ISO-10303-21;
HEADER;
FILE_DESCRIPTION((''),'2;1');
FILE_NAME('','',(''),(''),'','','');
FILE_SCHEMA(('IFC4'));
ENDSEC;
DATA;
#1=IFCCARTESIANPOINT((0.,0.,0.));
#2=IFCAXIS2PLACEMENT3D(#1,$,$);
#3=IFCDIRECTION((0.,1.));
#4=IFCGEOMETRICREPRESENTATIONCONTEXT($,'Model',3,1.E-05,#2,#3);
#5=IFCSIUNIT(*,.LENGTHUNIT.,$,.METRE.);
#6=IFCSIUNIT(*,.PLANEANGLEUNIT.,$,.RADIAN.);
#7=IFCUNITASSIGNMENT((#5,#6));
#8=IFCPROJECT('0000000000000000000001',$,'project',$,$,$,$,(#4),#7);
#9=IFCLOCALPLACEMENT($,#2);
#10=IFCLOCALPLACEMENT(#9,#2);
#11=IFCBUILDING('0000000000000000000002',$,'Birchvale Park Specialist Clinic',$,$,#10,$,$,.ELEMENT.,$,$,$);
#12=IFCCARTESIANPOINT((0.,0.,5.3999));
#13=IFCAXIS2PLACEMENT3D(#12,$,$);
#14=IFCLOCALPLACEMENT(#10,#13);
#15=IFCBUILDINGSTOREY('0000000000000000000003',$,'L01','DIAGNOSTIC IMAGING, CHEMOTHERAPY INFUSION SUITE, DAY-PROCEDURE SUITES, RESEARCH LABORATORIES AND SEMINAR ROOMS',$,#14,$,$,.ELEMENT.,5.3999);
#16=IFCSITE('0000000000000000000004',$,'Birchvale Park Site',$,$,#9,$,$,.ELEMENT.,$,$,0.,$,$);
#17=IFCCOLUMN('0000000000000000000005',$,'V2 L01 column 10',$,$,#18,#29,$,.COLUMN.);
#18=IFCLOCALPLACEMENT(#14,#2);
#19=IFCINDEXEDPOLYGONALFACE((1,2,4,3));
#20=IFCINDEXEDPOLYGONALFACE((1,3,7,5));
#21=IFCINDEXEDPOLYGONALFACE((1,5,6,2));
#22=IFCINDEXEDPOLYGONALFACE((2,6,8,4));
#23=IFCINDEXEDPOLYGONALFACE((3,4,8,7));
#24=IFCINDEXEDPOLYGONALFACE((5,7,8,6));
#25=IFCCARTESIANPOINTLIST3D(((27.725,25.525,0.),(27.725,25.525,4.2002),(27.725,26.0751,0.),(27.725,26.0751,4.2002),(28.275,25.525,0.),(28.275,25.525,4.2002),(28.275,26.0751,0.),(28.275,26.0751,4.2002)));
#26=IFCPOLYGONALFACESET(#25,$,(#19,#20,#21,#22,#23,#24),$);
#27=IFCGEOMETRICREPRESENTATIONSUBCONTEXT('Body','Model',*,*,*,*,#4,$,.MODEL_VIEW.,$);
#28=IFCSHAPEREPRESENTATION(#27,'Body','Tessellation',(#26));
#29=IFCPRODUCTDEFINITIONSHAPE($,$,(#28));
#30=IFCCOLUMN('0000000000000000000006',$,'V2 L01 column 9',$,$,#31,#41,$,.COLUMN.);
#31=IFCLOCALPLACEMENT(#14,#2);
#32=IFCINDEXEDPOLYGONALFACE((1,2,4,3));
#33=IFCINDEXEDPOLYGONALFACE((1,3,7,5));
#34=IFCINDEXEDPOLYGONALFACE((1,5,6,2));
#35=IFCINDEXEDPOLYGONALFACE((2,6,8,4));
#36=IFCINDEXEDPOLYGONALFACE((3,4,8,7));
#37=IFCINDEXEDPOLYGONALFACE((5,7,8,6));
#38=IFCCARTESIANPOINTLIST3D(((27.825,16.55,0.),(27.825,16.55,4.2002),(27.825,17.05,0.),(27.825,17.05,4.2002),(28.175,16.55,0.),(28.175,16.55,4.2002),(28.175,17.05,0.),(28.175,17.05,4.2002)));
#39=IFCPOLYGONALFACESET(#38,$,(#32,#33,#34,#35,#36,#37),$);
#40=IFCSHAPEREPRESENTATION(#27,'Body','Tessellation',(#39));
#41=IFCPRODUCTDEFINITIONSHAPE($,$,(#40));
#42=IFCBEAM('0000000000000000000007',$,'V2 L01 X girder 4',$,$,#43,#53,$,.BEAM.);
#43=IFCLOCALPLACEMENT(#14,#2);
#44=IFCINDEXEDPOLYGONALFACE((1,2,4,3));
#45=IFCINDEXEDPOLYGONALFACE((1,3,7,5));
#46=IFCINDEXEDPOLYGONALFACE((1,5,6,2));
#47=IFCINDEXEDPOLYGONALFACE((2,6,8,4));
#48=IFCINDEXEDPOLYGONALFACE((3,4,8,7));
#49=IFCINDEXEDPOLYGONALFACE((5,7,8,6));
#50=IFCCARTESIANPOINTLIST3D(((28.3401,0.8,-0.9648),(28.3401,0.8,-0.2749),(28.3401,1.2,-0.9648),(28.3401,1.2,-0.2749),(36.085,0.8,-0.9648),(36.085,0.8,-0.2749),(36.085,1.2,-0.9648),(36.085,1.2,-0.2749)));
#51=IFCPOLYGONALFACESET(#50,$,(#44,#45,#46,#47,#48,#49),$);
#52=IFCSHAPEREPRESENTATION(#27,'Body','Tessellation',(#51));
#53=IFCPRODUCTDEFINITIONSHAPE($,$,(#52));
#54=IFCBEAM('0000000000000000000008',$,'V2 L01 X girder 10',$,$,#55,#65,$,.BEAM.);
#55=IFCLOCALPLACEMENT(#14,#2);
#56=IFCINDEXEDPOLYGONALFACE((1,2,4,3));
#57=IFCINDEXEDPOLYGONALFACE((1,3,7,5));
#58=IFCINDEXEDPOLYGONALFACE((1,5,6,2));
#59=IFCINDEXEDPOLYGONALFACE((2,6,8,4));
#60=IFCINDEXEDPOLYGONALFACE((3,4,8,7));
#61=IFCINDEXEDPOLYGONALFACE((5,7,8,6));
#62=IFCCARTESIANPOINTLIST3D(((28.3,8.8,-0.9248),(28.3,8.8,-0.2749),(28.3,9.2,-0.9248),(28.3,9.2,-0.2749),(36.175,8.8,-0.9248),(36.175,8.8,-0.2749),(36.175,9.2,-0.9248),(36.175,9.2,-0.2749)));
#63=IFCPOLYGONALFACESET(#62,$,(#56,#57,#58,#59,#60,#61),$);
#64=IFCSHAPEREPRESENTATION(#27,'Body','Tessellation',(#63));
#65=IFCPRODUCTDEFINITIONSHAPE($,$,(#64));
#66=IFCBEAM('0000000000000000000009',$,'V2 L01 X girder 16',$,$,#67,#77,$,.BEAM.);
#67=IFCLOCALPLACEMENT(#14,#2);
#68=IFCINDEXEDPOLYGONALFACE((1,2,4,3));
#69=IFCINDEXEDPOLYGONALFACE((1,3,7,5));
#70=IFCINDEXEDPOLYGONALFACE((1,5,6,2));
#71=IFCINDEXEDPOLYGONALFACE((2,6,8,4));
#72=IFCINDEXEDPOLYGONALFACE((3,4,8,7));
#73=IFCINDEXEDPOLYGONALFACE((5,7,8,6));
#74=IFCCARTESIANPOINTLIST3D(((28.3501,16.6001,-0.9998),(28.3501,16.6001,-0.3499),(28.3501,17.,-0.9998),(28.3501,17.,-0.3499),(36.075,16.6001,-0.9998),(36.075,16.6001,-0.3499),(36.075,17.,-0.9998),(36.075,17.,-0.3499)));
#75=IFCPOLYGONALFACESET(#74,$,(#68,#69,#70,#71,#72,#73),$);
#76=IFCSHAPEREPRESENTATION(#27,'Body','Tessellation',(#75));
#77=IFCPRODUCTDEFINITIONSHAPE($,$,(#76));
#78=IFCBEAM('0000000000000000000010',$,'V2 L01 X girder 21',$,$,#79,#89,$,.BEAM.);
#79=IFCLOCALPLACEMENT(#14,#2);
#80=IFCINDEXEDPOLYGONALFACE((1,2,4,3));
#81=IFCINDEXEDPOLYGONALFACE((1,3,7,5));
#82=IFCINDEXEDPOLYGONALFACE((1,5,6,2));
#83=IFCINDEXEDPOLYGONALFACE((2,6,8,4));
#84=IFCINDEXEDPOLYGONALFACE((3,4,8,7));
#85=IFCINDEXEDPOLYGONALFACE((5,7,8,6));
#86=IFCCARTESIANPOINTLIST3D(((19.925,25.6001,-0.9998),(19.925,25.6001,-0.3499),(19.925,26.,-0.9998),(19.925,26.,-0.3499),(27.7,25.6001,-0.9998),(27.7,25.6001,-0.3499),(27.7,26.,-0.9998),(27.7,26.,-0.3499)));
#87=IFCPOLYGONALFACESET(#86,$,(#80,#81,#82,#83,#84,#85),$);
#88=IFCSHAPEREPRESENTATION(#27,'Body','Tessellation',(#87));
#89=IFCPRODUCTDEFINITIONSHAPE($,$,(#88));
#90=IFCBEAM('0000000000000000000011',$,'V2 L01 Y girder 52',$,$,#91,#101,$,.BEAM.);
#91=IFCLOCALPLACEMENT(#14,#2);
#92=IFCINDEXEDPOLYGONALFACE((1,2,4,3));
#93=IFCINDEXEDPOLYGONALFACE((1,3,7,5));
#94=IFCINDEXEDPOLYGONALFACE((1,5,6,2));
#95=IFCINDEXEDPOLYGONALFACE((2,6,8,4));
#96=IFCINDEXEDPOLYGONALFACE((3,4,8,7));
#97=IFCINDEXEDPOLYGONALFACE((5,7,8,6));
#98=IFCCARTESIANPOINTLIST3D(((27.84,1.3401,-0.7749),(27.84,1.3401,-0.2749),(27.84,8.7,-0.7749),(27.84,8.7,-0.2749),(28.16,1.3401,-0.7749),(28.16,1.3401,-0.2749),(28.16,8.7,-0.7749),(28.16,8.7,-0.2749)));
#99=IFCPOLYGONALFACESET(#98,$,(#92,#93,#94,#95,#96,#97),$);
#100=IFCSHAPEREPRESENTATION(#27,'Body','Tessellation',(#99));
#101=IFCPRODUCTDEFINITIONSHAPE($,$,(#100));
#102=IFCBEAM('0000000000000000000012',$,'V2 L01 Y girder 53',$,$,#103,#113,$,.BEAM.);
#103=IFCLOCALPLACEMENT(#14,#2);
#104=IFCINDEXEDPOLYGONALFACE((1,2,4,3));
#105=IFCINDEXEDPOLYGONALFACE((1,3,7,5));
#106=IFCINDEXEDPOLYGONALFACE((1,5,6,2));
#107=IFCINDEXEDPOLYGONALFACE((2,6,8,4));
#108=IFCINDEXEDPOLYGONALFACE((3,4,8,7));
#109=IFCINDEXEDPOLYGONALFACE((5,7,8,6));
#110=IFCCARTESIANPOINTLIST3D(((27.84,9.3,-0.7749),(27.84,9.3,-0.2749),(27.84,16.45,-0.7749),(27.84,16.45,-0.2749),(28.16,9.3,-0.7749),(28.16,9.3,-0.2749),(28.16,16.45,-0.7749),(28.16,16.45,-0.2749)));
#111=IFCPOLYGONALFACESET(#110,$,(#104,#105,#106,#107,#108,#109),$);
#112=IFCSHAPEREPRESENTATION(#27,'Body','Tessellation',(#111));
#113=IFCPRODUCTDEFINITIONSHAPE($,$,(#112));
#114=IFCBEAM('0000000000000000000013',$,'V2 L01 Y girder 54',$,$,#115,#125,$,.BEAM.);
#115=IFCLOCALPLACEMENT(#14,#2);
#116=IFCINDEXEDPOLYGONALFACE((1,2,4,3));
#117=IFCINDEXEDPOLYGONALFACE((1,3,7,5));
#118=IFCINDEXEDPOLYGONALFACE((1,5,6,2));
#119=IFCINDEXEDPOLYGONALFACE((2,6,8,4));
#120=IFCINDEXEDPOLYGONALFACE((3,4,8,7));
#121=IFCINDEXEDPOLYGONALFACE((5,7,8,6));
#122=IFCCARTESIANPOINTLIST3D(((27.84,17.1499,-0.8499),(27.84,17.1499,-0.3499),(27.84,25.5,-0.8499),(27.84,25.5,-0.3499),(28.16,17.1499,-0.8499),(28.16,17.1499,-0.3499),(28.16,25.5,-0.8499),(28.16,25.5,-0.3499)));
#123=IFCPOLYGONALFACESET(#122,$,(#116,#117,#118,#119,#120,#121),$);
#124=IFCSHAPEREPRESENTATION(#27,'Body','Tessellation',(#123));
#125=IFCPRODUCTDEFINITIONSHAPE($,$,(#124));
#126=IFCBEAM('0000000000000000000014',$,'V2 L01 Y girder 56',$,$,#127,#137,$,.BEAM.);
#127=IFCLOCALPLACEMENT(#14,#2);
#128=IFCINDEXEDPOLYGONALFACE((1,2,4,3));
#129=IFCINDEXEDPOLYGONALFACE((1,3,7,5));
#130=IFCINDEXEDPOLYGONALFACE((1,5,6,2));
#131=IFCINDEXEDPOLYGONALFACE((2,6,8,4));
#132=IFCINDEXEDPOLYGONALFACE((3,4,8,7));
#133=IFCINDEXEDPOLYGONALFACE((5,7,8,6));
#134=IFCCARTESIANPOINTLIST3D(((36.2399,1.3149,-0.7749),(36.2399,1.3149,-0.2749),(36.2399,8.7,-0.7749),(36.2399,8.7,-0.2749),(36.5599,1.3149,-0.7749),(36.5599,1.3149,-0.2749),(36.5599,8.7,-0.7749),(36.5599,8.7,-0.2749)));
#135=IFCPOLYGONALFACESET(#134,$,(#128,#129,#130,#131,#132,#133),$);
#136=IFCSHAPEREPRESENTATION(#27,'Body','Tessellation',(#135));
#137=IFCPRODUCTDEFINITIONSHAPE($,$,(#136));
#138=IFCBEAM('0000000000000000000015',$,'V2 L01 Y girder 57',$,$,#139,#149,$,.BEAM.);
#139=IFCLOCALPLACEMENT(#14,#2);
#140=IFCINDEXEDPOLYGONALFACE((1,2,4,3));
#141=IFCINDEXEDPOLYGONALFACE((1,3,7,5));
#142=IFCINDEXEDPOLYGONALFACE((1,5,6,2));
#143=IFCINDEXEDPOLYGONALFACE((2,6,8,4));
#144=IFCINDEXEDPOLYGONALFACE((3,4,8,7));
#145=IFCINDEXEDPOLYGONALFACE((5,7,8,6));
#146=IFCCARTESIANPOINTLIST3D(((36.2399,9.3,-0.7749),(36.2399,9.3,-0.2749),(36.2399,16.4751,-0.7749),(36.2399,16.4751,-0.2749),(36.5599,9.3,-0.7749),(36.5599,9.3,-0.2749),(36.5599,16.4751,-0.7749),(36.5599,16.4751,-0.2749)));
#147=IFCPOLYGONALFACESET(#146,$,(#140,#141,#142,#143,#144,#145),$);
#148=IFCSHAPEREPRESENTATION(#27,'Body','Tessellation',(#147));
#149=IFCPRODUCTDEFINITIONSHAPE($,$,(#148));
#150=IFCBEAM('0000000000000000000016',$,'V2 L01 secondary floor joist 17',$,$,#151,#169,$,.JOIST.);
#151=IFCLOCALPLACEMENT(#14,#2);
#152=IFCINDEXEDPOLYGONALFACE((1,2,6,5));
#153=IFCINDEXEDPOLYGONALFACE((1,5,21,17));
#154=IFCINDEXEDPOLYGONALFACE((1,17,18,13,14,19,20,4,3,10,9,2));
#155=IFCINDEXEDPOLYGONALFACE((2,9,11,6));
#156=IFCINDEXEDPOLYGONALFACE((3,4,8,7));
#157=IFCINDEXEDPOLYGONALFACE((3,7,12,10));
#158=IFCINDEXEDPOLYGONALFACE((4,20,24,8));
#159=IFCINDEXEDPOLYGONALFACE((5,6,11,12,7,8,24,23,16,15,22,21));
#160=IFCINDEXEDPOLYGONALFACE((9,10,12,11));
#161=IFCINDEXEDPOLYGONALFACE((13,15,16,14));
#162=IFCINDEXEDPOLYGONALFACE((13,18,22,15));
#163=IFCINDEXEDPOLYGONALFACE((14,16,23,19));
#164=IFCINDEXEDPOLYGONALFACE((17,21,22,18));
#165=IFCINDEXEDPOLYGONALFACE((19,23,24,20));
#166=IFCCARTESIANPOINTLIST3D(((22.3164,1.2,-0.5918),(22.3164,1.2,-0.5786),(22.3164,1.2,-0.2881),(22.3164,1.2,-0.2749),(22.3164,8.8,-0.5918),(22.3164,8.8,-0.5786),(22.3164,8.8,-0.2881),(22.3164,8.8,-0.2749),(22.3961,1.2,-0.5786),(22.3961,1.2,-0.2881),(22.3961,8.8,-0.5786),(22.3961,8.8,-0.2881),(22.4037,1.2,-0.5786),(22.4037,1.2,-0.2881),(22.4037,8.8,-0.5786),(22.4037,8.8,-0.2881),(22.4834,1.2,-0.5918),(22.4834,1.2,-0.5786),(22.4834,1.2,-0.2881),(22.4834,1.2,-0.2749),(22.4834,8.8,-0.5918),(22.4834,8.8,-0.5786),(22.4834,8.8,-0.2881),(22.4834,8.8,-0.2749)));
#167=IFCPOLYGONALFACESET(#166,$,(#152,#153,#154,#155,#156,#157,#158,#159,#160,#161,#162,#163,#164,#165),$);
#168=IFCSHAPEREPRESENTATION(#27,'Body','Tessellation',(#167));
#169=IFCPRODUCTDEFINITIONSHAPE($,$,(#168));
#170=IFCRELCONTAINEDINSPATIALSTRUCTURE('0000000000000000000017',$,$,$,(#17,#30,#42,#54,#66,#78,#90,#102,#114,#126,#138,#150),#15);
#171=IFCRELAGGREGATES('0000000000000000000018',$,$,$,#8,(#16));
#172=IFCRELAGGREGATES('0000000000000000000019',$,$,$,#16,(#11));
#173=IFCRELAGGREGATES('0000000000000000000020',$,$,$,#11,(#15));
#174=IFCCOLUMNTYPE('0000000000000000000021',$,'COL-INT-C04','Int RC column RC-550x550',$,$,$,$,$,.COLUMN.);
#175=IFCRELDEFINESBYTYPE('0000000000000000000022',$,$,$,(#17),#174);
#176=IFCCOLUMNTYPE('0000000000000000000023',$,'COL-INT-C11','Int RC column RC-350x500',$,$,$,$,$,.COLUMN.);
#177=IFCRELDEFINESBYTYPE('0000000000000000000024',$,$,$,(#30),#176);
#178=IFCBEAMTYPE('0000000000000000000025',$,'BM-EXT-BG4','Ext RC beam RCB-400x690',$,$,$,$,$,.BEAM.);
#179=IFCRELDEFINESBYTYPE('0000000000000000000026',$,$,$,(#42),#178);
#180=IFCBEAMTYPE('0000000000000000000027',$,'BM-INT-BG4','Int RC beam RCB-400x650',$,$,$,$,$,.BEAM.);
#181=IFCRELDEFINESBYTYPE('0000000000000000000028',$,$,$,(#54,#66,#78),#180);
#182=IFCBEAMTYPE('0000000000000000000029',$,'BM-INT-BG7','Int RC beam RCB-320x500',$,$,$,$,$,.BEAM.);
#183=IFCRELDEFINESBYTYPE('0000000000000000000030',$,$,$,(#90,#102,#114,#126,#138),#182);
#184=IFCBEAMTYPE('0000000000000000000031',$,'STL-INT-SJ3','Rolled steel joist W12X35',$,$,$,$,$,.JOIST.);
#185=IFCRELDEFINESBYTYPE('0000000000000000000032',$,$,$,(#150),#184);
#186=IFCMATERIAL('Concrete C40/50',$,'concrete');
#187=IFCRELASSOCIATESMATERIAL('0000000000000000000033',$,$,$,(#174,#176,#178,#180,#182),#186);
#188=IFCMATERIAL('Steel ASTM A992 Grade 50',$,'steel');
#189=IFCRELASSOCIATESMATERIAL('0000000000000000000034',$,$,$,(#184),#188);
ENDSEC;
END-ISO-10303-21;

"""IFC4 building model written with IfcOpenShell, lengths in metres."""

from ifc_helpers import new_model, si_unit, direction, frame, origin, origin_2d, place, context, subcontext, project, spatial, rectangle, i_section, extrude, material, material_profile, profile_set, type_object, element, save


model = new_model("IFC4")

# Units and contexts
model_context = context("Model", 3, precision=1e-05, world=origin(), true_north=direction((0.0, 1.0)))
body_context = subcontext(model_context, "Body", "Model", "MODEL_VIEW")
ifc_project = project(units=[si_unit("LENGTHUNIT", "METRE"), si_unit("PLANEANGLEUNIT", "RADIAN")], contexts=[model_context])

# Site, building, storey
site_placement = place(None, origin())
site = spatial("IfcSite", under=ifc_project, at=site_placement, Name="Birchvale Park Site", CompositionType="ELEMENT", RefElevation=0.0)
building_placement = place(site_placement, origin())
building = spatial("IfcBuilding", under=site, at=building_placement, Name="Birchvale Park Specialist Clinic", CompositionType="ELEMENT")
storey_placement = place(building_placement, frame((0.0, 0.0, 5.3999)))
storey = spatial("IfcBuildingStorey", under=building, at=storey_placement, Name="L01", Description="DIAGNOSTIC IMAGING, CHEMOTHERAPY INFUSION SUITE, DAY-PROCEDURE SUITES, RESEARCH LABORATORIES AND SEMINAR ROOMS", CompositionType="ELEMENT", Elevation=5.3999)

# Columns
ifc_material_1 = material(Name="Concrete C40/50", Category="concrete")
ifc_material_profile_1 = material_profile(ifc_material_1, rectangle(XDim=0.55, YDim=0.55, at=origin_2d()), Name="RC-550x550")
ifc_profile_set_1 = profile_set([ifc_material_profile_1], Name="Concrete C40/50")
column_type_1 = type_object("IfcColumnType", Name="COL-INT-C04", Description="Int RC column RC-550x550", PredefinedType="COLUMN", material=ifc_profile_set_1)
column_1_placement = place(storey_placement, frame((28.0, 25.8, 0.0), z_axis=(0.0, 0.0, 1.0), x_axis=(1.0, 0.0, 0.0)))
element("IfcColumn", 1, at=column_1_placement, inside=storey, type_object=column_type_1, Name="V2 L01 column 10", PredefinedType="COLUMN", context=body_context, shape_type="SweptSolid", body=[
    extrude(rectangle(XDim=0.55, YDim=0.55, at=origin_2d()), origin(), (0.0, 0.0, 1.0), 4.2002),
])
ifc_material_profile_2 = material_profile(ifc_material_1, rectangle(XDim=0.3501, YDim=0.5, at=origin_2d()), Name="RC-350x500")
ifc_profile_set_2 = profile_set([ifc_material_profile_2], Name="Concrete C40/50")
column_type_2 = type_object("IfcColumnType", Name="COL-INT-C11", Description="Int RC column RC-350x500", PredefinedType="COLUMN", material=ifc_profile_set_2)
column_2_placement = place(storey_placement, frame((28.0, 16.8, 0.0), z_axis=(0.0, 0.0, 1.0), x_axis=(1.0, 0.0, 0.0)))
element("IfcColumn", 2, at=column_2_placement, inside=storey, type_object=column_type_2, Name="V2 L01 column 9", PredefinedType="COLUMN", context=body_context, shape_type="SweptSolid", body=[
    extrude(rectangle(XDim=0.3501, YDim=0.5, at=origin_2d()), origin(), (0.0, 0.0, 1.0), 4.2002),
])

# Beams
ifc_material_profile_3 = material_profile(ifc_material_1, rectangle(XDim=0.3999, YDim=0.6899, at=origin_2d()), Name="RCB-400x690")
ifc_profile_set_3 = profile_set([ifc_material_profile_3], Name="Concrete C40/50")
beam_type_1 = type_object("IfcBeamType", Name="BM-EXT-BG4", Description="Ext RC beam RCB-400x690", PredefinedType="BEAM", material=ifc_profile_set_3)
beam_1_placement = place(storey_placement, frame((28.3401, 1.0, -0.6199), z_axis=(1.0, 0.0, 0.0), x_axis=(0.0, 1.0, 0.0)))
element("IfcBeam", 3, at=beam_1_placement, inside=storey, type_object=beam_type_1, Name="V2 L01 X girder 4", PredefinedType="BEAM", context=body_context, shape_type="SweptSolid", body=[
    extrude(rectangle(XDim=0.3999, YDim=0.6899, at=origin_2d()), origin(), (0.0, 0.0, 1.0), 7.7449),
])
ifc_material_profile_4 = material_profile(ifc_material_1, rectangle(XDim=0.3999, YDim=0.6499, at=origin_2d()), Name="RCB-400x650")
ifc_profile_set_4 = profile_set([ifc_material_profile_4], Name="Concrete C40/50")
beam_type_2 = type_object("IfcBeamType", Name="BM-INT-BG4", Description="Int RC beam RCB-400x650", PredefinedType="BEAM", material=ifc_profile_set_4)
beam_2_placement = place(storey_placement, frame((28.3, 9.0, -0.5999), z_axis=(1.0, 0.0, 0.0), x_axis=(0.0, 1.0, 0.0)))
element("IfcBeam", 4, at=beam_2_placement, inside=storey, type_object=beam_type_2, Name="V2 L01 X girder 10", PredefinedType="BEAM", context=body_context, shape_type="SweptSolid", body=[
    extrude(rectangle(XDim=0.3999, YDim=0.6499, at=origin_2d()), origin(), (0.0, 0.0, 1.0), 7.875),
])
beam_3_placement = place(storey_placement, frame((28.3501, 16.8, -0.6748), z_axis=(1.0, 0.0, 0.0), x_axis=(0.0, 1.0, 0.0)))
element("IfcBeam", 5, at=beam_3_placement, inside=storey, type_object=beam_type_2, Name="V2 L01 X girder 16", PredefinedType="BEAM", context=body_context, shape_type="SweptSolid", body=[
    extrude(rectangle(XDim=0.3999, YDim=0.6499, at=origin_2d()), origin(), (0.0, 0.0, 1.0), 7.7249),
])
beam_4_placement = place(storey_placement, frame((19.925, 25.8, -0.6748), z_axis=(1.0, 0.0, 0.0), x_axis=(0.0, 1.0, 0.0)))
element("IfcBeam", 6, at=beam_4_placement, inside=storey, type_object=beam_type_2, Name="V2 L01 X girder 21", PredefinedType="BEAM", context=body_context, shape_type="SweptSolid", body=[
    extrude(rectangle(XDim=0.3999, YDim=0.6499, at=origin_2d()), origin(), (0.0, 0.0, 1.0), 7.7749),
])
ifc_material_profile_5 = material_profile(ifc_material_1, rectangle(XDim=0.3201, YDim=0.5, at=origin_2d()), Name="RCB-320x500")
ifc_profile_set_5 = profile_set([ifc_material_profile_5], Name="Concrete C40/50")
beam_type_3 = type_object("IfcBeamType", Name="BM-INT-BG7", Description="Int RC beam RCB-320x500", PredefinedType="BEAM", material=ifc_profile_set_5)
beam_5_placement = place(storey_placement, frame((28.0, 1.3401, -0.5249), z_axis=(0.0, 1.0, 0.0), x_axis=(-1.0, 0.0, 0.0)))
element("IfcBeam", 7, at=beam_5_placement, inside=storey, type_object=beam_type_3, Name="V2 L01 Y girder 52", PredefinedType="BEAM", context=body_context, shape_type="SweptSolid", body=[
    extrude(rectangle(XDim=0.3201, YDim=0.5, at=origin_2d()), origin(), (0.0, 0.0, 1.0), 7.3599),
])
beam_6_placement = place(storey_placement, frame((28.0, 9.3, -0.5249), z_axis=(0.0, 1.0, 0.0), x_axis=(-1.0, 0.0, 0.0)))
element("IfcBeam", 8, at=beam_6_placement, inside=storey, type_object=beam_type_3, Name="V2 L01 Y girder 53", PredefinedType="BEAM", context=body_context, shape_type="SweptSolid", body=[
    extrude(rectangle(XDim=0.3201, YDim=0.5, at=origin_2d()), origin(), (0.0, 0.0, 1.0), 7.1499),
])
beam_7_placement = place(storey_placement, frame((28.0, 17.1499, -0.5999), z_axis=(0.0, 1.0, 0.0), x_axis=(-1.0, 0.0, 0.0)))
element("IfcBeam", 9, at=beam_7_placement, inside=storey, type_object=beam_type_3, Name="V2 L01 Y girder 54", PredefinedType="BEAM", context=body_context, shape_type="SweptSolid", body=[
    extrude(rectangle(XDim=0.3201, YDim=0.5, at=origin_2d()), origin(), (0.0, 0.0, 1.0), 8.3501),
])
beam_8_placement = place(storey_placement, frame((36.3999, 1.3149, -0.5249), z_axis=(0.0, 1.0, 0.0), x_axis=(-1.0, 0.0, 0.0)))
element("IfcBeam", 10, at=beam_8_placement, inside=storey, type_object=beam_type_3, Name="V2 L01 Y girder 56", PredefinedType="BEAM", context=body_context, shape_type="SweptSolid", body=[
    extrude(rectangle(XDim=0.3201, YDim=0.5, at=origin_2d()), origin(), (0.0, 0.0, 1.0), 7.385),
])
beam_9_placement = place(storey_placement, frame((36.3999, 9.3, -0.5249), z_axis=(0.0, 1.0, 0.0), x_axis=(-1.0, 0.0, 0.0)))
element("IfcBeam", 11, at=beam_9_placement, inside=storey, type_object=beam_type_3, Name="V2 L01 Y girder 57", PredefinedType="BEAM", context=body_context, shape_type="SweptSolid", body=[
    extrude(rectangle(XDim=0.3201, YDim=0.5, at=origin_2d()), origin(), (0.0, 0.0, 1.0), 7.175),
])
ifc_material_2 = material(Name="Steel ASTM A992 Grade 50", Category="steel")
ifc_material_profile_6 = material_profile(ifc_material_2, i_section(OverallWidth=0.167, OverallDepth=0.3169, WebThickness=0.0076, FlangeThickness=0.0132, at=origin_2d()), Name="W12X35")
ifc_profile_set_6 = profile_set([ifc_material_profile_6], Name="Steel ASTM A992 Grade 50")
beam_type_4 = type_object("IfcBeamType", Name="STL-INT-SJ3", Description="Rolled steel joist W12X35", PredefinedType="JOIST", material=ifc_profile_set_6)
beam_10_placement = place(storey_placement, frame((22.3999, 1.2, -0.4333), z_axis=(0.0, 1.0, 0.0), x_axis=(-1.0, 0.0, 0.0)))
element("IfcBeam", 12, at=beam_10_placement, inside=storey, type_object=beam_type_4, Name="V2 L01 secondary floor joist 17", PredefinedType="JOIST", context=body_context, shape_type="SweptSolid", body=[
    extrude(i_section(OverallWidth=0.167, OverallDepth=0.3169, WebThickness=0.0076, FlangeThickness=0.0132, at=origin_2d()), origin(), (0.0, 0.0, 1.0), 7.6001),
])

save(model, "model.ifc")
